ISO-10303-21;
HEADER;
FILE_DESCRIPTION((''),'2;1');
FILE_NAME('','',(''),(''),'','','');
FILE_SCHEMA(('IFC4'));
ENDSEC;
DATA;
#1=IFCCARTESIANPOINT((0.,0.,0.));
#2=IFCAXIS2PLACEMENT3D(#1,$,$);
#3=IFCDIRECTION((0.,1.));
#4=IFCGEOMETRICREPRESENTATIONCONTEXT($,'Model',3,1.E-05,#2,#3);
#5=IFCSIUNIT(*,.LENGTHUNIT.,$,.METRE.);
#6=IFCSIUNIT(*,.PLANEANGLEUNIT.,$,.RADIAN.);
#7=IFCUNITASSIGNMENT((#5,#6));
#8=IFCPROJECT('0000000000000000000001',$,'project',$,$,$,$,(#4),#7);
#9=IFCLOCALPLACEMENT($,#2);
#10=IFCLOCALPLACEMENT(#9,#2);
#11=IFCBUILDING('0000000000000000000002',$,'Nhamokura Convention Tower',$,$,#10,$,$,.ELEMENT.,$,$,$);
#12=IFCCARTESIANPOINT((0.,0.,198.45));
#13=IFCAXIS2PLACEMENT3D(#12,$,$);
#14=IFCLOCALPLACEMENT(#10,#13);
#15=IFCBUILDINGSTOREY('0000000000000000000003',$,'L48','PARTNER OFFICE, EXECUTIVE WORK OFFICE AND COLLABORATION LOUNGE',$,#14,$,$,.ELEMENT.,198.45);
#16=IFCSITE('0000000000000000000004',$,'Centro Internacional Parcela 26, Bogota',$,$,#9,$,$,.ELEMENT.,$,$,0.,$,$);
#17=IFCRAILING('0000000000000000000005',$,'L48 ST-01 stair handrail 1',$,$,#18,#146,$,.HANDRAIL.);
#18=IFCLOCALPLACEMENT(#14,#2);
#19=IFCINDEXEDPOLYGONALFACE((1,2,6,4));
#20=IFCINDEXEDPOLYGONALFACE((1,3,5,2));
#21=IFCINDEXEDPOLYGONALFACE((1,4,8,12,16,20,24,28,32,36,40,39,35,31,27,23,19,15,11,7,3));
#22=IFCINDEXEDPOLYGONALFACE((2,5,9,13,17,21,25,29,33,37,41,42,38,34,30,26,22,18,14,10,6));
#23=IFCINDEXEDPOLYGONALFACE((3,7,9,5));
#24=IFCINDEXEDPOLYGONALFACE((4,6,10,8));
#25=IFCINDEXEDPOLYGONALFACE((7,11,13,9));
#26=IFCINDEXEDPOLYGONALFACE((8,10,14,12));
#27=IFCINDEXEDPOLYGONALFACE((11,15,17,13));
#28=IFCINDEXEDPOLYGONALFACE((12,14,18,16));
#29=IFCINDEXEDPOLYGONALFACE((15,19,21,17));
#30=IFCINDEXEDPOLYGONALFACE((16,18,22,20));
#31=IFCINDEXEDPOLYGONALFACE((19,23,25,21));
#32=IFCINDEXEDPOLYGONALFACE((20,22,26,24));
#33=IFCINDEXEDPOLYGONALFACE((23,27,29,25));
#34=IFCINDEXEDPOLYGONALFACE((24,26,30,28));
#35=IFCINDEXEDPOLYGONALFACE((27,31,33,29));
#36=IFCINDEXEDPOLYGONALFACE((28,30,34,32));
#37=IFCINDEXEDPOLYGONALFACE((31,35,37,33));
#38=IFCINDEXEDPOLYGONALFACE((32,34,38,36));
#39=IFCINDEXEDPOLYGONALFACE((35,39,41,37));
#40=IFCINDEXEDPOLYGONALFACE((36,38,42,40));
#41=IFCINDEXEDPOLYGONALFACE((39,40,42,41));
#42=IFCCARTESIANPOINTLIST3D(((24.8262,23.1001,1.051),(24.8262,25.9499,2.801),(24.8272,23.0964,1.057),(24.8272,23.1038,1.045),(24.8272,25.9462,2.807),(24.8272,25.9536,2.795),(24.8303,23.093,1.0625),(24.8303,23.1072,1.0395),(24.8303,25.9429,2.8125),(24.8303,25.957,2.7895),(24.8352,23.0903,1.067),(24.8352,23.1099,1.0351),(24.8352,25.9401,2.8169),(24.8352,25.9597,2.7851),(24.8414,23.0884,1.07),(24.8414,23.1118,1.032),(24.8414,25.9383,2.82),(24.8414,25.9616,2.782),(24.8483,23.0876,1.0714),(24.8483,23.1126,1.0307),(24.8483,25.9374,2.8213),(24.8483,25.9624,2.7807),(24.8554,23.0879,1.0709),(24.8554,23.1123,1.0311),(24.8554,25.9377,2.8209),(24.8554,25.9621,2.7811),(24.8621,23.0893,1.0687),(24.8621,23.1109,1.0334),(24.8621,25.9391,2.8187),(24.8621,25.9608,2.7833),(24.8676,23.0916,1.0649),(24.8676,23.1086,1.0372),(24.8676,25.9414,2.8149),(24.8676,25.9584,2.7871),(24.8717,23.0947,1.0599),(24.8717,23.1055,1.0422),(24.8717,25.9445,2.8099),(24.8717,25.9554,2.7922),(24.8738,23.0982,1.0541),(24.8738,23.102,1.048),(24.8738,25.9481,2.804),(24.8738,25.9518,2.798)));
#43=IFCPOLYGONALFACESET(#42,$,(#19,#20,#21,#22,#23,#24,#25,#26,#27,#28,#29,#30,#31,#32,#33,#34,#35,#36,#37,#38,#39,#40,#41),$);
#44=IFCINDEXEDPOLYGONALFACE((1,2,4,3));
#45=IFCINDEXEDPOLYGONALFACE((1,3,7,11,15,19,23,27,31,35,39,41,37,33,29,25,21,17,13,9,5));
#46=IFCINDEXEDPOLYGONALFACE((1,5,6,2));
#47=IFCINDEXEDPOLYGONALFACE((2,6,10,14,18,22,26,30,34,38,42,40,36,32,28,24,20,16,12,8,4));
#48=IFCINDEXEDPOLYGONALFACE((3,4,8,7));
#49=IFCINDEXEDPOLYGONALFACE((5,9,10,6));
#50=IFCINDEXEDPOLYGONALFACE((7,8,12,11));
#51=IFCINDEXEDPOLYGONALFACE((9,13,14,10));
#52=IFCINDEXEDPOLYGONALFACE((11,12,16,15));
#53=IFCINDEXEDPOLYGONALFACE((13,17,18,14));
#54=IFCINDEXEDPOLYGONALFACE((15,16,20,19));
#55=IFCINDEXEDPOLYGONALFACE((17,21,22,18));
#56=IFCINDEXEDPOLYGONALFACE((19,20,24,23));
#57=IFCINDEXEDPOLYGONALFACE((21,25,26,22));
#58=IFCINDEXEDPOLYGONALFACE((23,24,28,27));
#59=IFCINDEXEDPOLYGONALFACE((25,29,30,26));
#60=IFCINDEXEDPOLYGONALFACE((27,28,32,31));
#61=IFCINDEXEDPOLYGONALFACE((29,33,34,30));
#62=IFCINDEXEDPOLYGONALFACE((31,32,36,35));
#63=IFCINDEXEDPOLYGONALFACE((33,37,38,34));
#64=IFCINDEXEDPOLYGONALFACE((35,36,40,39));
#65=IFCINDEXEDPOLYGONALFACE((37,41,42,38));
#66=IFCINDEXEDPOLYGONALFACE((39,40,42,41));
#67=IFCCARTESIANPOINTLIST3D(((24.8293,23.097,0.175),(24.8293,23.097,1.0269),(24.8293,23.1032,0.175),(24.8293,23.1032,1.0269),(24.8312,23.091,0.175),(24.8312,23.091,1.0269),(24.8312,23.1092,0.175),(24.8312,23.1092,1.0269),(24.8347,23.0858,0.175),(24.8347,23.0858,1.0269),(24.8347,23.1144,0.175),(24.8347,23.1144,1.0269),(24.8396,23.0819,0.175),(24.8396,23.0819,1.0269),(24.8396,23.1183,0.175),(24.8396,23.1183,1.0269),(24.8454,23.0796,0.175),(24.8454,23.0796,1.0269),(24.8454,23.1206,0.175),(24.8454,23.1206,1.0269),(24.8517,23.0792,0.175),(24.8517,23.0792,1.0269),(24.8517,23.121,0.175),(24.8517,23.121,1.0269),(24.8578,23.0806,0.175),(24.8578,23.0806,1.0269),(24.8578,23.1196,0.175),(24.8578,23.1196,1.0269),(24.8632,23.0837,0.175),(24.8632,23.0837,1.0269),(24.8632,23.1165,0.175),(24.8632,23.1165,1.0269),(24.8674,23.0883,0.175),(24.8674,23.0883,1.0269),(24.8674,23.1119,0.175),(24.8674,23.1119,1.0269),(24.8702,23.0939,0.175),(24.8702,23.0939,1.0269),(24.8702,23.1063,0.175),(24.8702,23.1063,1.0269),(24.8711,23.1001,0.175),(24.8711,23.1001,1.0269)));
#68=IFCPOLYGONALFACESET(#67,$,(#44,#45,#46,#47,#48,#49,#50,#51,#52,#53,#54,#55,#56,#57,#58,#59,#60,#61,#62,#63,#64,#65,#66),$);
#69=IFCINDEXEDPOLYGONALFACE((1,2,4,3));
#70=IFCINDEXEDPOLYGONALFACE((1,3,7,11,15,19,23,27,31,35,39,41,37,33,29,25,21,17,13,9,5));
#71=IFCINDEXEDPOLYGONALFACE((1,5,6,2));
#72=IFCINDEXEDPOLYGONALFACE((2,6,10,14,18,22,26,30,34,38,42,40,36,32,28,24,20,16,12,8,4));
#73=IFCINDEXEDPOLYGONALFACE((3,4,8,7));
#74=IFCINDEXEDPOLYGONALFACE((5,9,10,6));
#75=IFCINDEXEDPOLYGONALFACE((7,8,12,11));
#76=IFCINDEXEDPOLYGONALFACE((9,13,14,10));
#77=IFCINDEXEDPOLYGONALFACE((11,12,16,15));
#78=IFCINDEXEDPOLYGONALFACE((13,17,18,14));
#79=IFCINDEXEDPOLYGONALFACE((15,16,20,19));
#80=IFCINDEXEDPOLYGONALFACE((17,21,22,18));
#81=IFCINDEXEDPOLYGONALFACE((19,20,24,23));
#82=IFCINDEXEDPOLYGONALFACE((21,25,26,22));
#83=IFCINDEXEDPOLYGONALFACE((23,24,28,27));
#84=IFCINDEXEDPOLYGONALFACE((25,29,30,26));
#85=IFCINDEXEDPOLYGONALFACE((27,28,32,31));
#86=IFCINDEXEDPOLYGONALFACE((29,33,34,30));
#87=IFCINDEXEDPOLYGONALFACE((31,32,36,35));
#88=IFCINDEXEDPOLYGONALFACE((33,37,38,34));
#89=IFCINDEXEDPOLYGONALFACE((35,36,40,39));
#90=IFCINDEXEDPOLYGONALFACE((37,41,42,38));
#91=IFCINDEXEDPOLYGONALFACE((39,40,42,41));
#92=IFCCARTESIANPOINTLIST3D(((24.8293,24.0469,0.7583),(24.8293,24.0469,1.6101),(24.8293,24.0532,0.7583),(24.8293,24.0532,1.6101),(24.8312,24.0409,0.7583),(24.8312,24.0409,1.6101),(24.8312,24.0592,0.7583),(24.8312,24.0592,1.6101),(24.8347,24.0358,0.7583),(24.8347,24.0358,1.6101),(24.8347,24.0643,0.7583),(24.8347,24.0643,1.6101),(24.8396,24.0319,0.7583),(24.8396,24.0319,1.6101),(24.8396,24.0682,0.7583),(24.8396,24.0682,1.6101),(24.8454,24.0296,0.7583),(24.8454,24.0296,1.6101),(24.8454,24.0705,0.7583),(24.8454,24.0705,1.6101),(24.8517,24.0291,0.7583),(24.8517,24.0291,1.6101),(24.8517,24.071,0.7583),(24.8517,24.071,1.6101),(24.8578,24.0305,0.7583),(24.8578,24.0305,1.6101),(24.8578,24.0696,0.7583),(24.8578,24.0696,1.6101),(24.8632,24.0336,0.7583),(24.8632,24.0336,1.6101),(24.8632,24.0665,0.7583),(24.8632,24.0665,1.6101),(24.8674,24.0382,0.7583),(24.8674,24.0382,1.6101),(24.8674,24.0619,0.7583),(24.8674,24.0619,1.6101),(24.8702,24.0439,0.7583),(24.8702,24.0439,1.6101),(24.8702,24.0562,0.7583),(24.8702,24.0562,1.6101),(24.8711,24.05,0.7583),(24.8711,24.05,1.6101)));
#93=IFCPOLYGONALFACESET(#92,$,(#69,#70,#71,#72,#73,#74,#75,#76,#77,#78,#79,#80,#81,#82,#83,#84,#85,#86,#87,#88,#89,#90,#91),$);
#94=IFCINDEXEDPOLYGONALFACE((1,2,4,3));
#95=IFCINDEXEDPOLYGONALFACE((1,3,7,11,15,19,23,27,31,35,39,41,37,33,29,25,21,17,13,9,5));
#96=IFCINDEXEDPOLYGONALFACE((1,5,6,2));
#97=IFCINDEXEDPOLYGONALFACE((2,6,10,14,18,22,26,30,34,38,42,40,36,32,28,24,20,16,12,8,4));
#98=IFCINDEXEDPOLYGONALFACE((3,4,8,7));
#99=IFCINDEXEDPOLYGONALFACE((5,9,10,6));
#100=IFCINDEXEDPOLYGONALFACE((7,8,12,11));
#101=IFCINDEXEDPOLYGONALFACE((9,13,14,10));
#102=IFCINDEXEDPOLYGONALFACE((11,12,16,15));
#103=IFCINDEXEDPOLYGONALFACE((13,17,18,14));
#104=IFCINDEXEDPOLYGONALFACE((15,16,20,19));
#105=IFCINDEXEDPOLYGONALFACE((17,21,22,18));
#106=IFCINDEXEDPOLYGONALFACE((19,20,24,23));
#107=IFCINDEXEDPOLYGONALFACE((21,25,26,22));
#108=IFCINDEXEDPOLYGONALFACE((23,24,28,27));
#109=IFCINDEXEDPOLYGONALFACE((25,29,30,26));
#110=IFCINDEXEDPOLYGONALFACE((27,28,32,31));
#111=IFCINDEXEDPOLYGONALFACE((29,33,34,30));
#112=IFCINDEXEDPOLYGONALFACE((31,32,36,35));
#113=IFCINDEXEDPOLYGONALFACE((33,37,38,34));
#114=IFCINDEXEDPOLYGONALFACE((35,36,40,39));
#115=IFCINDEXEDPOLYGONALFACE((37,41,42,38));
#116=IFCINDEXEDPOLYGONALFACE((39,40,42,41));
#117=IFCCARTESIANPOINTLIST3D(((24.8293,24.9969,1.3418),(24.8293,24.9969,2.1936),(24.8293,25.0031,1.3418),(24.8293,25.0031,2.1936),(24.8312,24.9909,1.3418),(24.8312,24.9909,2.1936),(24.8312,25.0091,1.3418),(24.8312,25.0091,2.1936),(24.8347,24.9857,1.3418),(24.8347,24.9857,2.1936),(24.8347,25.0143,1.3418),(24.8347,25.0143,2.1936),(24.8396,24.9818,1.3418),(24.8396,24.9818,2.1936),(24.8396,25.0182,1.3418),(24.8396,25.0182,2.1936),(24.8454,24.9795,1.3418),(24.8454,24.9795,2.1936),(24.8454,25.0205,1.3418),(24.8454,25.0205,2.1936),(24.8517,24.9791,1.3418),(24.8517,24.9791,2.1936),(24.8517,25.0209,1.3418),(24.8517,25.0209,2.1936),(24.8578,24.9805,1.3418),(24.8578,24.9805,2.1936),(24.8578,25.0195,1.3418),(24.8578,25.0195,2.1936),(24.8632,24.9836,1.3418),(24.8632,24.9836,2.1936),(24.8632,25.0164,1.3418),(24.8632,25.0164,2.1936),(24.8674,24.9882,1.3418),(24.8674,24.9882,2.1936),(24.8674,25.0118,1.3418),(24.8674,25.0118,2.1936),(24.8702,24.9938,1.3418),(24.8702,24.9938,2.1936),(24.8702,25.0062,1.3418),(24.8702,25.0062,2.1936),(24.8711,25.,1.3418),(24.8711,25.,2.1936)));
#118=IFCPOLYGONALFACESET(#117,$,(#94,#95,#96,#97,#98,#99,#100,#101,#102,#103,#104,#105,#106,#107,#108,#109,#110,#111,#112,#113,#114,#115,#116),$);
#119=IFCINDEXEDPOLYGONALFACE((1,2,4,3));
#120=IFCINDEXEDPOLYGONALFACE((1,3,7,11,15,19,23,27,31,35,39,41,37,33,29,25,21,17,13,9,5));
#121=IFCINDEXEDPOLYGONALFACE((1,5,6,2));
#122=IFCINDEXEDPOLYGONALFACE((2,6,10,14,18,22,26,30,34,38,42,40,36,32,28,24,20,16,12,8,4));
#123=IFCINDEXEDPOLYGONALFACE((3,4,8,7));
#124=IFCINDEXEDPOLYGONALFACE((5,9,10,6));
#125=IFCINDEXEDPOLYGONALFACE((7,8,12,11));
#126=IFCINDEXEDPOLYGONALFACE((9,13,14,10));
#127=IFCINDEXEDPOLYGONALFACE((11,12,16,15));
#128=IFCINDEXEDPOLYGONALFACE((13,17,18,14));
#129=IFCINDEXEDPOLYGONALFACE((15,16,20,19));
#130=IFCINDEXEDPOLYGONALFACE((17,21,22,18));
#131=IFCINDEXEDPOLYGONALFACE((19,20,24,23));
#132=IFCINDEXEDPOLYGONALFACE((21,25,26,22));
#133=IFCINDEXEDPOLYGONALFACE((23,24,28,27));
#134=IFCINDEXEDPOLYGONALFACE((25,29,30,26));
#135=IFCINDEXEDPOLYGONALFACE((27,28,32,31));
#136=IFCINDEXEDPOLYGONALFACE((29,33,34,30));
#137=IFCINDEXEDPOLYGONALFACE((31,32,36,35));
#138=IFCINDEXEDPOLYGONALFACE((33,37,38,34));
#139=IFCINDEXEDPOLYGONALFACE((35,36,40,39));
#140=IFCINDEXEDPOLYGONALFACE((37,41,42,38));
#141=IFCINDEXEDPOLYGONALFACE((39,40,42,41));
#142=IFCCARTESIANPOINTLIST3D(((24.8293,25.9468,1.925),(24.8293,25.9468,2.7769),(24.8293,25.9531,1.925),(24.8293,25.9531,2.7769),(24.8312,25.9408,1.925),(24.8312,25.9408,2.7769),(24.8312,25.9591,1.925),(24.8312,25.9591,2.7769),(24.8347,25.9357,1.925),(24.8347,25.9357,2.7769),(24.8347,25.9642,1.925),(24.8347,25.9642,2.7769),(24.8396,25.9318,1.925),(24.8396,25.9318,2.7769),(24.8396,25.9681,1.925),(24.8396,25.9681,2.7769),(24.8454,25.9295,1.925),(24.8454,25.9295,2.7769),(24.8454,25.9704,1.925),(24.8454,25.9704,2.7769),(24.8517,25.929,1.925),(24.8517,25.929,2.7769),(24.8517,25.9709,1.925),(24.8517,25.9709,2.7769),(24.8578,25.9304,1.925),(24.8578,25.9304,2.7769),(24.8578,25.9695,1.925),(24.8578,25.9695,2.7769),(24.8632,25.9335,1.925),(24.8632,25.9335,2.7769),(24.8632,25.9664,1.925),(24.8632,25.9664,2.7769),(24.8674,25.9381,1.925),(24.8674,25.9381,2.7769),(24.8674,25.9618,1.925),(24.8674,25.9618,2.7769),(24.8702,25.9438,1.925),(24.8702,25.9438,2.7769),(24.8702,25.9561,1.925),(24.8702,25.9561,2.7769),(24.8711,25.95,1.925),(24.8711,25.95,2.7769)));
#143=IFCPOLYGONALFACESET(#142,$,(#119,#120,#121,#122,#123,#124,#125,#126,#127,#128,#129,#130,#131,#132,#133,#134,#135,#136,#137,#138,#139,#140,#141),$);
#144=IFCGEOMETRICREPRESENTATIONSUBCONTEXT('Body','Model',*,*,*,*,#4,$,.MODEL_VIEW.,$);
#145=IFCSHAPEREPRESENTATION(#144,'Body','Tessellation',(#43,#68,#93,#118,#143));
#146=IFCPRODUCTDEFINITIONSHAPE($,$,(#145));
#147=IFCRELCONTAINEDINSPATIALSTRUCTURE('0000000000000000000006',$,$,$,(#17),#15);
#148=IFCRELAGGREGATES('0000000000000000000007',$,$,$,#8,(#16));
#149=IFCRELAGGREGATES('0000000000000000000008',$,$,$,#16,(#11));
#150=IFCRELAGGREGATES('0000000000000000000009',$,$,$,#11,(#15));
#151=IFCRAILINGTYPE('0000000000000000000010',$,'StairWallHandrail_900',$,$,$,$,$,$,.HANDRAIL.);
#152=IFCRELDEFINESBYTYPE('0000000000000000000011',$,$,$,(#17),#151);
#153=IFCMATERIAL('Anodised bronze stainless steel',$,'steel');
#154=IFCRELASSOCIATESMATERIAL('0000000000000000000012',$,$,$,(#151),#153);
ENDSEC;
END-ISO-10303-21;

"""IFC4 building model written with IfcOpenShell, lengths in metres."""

from ifc_helpers import new_model, si_unit, direction, frame, origin, origin_2d, place, context, subcontext, project, spatial, circle, extrude, material, type_object, element, save


model = new_model("IFC4")

# Units and contexts
model_context = context("Model", 3, precision=1e-05, world=origin(), true_north=direction((0.0, 1.0)))
body_context = subcontext(model_context, "Body", "Model", "MODEL_VIEW")
ifc_project = project(units=[si_unit("LENGTHUNIT", "METRE"), si_unit("PLANEANGLEUNIT", "RADIAN")], contexts=[model_context])

# Site, building, storey
site_placement = place(None, origin())
site = spatial("IfcSite", under=ifc_project, at=site_placement, Name="Centro Internacional Parcela 26, Bogota", CompositionType="ELEMENT", RefElevation=0.0)
building_placement = place(site_placement, origin())
building = spatial("IfcBuilding", under=site, at=building_placement, Name="Nhamokura Convention Tower", CompositionType="ELEMENT")
storey_placement = place(building_placement, frame((0.0, 0.0, 198.45)))
storey = spatial("IfcBuildingStorey", under=building, at=storey_placement, Name="L48", Description="PARTNER OFFICE, EXECUTIVE WORK OFFICE AND COLLABORATION LOUNGE", CompositionType="ELEMENT", Elevation=198.45)

# Railing
ifc_material_1 = material(Name="Anodised bronze stainless steel", Category="steel")
railing_type_1 = type_object("IfcRailingType", Name="StairWallHandrail_900", PredefinedType="HANDRAIL", material=ifc_material_1)
railing_1_placement = place(storey_placement, frame((24.8501, 23.1001, 0.175)))
element("IfcRailing", 1, at=railing_1_placement, inside=storey, type_object=railing_type_1, Name="L48 ST-01 stair handrail 1", PredefinedType="HANDRAIL", context=body_context, shape_type="SweptSolid", body=[
    extrude(circle(Radius=0.0239, at=origin_2d()), frame((0.0, 0.0, 0.876), z_axis=(0.0, 0.852159, 0.523283), x_axis=(-1.0, 0.0, 0.0)), (0.0, 0.0, 1.0), 3.3442),
    extrude(circle(Radius=0.021, at=origin_2d()), origin(), (0.0, 0.0, 1.0), 0.8518),
    extrude(circle(Radius=0.021, at=origin_2d()), frame((0.0, 0.95, 0.5833)), (0.0, 0.0, 1.0), 0.8518),
    extrude(circle(Radius=0.021, at=origin_2d()), frame((0.0, 1.8999, 1.1667)), (0.0, 0.0, 1.0), 0.8518),
    extrude(circle(Radius=0.021, at=origin_2d()), frame((0.0, 2.8499, 1.75)), (0.0, 0.0, 1.0), 0.8518),
])

save(model, "model.ifc")
